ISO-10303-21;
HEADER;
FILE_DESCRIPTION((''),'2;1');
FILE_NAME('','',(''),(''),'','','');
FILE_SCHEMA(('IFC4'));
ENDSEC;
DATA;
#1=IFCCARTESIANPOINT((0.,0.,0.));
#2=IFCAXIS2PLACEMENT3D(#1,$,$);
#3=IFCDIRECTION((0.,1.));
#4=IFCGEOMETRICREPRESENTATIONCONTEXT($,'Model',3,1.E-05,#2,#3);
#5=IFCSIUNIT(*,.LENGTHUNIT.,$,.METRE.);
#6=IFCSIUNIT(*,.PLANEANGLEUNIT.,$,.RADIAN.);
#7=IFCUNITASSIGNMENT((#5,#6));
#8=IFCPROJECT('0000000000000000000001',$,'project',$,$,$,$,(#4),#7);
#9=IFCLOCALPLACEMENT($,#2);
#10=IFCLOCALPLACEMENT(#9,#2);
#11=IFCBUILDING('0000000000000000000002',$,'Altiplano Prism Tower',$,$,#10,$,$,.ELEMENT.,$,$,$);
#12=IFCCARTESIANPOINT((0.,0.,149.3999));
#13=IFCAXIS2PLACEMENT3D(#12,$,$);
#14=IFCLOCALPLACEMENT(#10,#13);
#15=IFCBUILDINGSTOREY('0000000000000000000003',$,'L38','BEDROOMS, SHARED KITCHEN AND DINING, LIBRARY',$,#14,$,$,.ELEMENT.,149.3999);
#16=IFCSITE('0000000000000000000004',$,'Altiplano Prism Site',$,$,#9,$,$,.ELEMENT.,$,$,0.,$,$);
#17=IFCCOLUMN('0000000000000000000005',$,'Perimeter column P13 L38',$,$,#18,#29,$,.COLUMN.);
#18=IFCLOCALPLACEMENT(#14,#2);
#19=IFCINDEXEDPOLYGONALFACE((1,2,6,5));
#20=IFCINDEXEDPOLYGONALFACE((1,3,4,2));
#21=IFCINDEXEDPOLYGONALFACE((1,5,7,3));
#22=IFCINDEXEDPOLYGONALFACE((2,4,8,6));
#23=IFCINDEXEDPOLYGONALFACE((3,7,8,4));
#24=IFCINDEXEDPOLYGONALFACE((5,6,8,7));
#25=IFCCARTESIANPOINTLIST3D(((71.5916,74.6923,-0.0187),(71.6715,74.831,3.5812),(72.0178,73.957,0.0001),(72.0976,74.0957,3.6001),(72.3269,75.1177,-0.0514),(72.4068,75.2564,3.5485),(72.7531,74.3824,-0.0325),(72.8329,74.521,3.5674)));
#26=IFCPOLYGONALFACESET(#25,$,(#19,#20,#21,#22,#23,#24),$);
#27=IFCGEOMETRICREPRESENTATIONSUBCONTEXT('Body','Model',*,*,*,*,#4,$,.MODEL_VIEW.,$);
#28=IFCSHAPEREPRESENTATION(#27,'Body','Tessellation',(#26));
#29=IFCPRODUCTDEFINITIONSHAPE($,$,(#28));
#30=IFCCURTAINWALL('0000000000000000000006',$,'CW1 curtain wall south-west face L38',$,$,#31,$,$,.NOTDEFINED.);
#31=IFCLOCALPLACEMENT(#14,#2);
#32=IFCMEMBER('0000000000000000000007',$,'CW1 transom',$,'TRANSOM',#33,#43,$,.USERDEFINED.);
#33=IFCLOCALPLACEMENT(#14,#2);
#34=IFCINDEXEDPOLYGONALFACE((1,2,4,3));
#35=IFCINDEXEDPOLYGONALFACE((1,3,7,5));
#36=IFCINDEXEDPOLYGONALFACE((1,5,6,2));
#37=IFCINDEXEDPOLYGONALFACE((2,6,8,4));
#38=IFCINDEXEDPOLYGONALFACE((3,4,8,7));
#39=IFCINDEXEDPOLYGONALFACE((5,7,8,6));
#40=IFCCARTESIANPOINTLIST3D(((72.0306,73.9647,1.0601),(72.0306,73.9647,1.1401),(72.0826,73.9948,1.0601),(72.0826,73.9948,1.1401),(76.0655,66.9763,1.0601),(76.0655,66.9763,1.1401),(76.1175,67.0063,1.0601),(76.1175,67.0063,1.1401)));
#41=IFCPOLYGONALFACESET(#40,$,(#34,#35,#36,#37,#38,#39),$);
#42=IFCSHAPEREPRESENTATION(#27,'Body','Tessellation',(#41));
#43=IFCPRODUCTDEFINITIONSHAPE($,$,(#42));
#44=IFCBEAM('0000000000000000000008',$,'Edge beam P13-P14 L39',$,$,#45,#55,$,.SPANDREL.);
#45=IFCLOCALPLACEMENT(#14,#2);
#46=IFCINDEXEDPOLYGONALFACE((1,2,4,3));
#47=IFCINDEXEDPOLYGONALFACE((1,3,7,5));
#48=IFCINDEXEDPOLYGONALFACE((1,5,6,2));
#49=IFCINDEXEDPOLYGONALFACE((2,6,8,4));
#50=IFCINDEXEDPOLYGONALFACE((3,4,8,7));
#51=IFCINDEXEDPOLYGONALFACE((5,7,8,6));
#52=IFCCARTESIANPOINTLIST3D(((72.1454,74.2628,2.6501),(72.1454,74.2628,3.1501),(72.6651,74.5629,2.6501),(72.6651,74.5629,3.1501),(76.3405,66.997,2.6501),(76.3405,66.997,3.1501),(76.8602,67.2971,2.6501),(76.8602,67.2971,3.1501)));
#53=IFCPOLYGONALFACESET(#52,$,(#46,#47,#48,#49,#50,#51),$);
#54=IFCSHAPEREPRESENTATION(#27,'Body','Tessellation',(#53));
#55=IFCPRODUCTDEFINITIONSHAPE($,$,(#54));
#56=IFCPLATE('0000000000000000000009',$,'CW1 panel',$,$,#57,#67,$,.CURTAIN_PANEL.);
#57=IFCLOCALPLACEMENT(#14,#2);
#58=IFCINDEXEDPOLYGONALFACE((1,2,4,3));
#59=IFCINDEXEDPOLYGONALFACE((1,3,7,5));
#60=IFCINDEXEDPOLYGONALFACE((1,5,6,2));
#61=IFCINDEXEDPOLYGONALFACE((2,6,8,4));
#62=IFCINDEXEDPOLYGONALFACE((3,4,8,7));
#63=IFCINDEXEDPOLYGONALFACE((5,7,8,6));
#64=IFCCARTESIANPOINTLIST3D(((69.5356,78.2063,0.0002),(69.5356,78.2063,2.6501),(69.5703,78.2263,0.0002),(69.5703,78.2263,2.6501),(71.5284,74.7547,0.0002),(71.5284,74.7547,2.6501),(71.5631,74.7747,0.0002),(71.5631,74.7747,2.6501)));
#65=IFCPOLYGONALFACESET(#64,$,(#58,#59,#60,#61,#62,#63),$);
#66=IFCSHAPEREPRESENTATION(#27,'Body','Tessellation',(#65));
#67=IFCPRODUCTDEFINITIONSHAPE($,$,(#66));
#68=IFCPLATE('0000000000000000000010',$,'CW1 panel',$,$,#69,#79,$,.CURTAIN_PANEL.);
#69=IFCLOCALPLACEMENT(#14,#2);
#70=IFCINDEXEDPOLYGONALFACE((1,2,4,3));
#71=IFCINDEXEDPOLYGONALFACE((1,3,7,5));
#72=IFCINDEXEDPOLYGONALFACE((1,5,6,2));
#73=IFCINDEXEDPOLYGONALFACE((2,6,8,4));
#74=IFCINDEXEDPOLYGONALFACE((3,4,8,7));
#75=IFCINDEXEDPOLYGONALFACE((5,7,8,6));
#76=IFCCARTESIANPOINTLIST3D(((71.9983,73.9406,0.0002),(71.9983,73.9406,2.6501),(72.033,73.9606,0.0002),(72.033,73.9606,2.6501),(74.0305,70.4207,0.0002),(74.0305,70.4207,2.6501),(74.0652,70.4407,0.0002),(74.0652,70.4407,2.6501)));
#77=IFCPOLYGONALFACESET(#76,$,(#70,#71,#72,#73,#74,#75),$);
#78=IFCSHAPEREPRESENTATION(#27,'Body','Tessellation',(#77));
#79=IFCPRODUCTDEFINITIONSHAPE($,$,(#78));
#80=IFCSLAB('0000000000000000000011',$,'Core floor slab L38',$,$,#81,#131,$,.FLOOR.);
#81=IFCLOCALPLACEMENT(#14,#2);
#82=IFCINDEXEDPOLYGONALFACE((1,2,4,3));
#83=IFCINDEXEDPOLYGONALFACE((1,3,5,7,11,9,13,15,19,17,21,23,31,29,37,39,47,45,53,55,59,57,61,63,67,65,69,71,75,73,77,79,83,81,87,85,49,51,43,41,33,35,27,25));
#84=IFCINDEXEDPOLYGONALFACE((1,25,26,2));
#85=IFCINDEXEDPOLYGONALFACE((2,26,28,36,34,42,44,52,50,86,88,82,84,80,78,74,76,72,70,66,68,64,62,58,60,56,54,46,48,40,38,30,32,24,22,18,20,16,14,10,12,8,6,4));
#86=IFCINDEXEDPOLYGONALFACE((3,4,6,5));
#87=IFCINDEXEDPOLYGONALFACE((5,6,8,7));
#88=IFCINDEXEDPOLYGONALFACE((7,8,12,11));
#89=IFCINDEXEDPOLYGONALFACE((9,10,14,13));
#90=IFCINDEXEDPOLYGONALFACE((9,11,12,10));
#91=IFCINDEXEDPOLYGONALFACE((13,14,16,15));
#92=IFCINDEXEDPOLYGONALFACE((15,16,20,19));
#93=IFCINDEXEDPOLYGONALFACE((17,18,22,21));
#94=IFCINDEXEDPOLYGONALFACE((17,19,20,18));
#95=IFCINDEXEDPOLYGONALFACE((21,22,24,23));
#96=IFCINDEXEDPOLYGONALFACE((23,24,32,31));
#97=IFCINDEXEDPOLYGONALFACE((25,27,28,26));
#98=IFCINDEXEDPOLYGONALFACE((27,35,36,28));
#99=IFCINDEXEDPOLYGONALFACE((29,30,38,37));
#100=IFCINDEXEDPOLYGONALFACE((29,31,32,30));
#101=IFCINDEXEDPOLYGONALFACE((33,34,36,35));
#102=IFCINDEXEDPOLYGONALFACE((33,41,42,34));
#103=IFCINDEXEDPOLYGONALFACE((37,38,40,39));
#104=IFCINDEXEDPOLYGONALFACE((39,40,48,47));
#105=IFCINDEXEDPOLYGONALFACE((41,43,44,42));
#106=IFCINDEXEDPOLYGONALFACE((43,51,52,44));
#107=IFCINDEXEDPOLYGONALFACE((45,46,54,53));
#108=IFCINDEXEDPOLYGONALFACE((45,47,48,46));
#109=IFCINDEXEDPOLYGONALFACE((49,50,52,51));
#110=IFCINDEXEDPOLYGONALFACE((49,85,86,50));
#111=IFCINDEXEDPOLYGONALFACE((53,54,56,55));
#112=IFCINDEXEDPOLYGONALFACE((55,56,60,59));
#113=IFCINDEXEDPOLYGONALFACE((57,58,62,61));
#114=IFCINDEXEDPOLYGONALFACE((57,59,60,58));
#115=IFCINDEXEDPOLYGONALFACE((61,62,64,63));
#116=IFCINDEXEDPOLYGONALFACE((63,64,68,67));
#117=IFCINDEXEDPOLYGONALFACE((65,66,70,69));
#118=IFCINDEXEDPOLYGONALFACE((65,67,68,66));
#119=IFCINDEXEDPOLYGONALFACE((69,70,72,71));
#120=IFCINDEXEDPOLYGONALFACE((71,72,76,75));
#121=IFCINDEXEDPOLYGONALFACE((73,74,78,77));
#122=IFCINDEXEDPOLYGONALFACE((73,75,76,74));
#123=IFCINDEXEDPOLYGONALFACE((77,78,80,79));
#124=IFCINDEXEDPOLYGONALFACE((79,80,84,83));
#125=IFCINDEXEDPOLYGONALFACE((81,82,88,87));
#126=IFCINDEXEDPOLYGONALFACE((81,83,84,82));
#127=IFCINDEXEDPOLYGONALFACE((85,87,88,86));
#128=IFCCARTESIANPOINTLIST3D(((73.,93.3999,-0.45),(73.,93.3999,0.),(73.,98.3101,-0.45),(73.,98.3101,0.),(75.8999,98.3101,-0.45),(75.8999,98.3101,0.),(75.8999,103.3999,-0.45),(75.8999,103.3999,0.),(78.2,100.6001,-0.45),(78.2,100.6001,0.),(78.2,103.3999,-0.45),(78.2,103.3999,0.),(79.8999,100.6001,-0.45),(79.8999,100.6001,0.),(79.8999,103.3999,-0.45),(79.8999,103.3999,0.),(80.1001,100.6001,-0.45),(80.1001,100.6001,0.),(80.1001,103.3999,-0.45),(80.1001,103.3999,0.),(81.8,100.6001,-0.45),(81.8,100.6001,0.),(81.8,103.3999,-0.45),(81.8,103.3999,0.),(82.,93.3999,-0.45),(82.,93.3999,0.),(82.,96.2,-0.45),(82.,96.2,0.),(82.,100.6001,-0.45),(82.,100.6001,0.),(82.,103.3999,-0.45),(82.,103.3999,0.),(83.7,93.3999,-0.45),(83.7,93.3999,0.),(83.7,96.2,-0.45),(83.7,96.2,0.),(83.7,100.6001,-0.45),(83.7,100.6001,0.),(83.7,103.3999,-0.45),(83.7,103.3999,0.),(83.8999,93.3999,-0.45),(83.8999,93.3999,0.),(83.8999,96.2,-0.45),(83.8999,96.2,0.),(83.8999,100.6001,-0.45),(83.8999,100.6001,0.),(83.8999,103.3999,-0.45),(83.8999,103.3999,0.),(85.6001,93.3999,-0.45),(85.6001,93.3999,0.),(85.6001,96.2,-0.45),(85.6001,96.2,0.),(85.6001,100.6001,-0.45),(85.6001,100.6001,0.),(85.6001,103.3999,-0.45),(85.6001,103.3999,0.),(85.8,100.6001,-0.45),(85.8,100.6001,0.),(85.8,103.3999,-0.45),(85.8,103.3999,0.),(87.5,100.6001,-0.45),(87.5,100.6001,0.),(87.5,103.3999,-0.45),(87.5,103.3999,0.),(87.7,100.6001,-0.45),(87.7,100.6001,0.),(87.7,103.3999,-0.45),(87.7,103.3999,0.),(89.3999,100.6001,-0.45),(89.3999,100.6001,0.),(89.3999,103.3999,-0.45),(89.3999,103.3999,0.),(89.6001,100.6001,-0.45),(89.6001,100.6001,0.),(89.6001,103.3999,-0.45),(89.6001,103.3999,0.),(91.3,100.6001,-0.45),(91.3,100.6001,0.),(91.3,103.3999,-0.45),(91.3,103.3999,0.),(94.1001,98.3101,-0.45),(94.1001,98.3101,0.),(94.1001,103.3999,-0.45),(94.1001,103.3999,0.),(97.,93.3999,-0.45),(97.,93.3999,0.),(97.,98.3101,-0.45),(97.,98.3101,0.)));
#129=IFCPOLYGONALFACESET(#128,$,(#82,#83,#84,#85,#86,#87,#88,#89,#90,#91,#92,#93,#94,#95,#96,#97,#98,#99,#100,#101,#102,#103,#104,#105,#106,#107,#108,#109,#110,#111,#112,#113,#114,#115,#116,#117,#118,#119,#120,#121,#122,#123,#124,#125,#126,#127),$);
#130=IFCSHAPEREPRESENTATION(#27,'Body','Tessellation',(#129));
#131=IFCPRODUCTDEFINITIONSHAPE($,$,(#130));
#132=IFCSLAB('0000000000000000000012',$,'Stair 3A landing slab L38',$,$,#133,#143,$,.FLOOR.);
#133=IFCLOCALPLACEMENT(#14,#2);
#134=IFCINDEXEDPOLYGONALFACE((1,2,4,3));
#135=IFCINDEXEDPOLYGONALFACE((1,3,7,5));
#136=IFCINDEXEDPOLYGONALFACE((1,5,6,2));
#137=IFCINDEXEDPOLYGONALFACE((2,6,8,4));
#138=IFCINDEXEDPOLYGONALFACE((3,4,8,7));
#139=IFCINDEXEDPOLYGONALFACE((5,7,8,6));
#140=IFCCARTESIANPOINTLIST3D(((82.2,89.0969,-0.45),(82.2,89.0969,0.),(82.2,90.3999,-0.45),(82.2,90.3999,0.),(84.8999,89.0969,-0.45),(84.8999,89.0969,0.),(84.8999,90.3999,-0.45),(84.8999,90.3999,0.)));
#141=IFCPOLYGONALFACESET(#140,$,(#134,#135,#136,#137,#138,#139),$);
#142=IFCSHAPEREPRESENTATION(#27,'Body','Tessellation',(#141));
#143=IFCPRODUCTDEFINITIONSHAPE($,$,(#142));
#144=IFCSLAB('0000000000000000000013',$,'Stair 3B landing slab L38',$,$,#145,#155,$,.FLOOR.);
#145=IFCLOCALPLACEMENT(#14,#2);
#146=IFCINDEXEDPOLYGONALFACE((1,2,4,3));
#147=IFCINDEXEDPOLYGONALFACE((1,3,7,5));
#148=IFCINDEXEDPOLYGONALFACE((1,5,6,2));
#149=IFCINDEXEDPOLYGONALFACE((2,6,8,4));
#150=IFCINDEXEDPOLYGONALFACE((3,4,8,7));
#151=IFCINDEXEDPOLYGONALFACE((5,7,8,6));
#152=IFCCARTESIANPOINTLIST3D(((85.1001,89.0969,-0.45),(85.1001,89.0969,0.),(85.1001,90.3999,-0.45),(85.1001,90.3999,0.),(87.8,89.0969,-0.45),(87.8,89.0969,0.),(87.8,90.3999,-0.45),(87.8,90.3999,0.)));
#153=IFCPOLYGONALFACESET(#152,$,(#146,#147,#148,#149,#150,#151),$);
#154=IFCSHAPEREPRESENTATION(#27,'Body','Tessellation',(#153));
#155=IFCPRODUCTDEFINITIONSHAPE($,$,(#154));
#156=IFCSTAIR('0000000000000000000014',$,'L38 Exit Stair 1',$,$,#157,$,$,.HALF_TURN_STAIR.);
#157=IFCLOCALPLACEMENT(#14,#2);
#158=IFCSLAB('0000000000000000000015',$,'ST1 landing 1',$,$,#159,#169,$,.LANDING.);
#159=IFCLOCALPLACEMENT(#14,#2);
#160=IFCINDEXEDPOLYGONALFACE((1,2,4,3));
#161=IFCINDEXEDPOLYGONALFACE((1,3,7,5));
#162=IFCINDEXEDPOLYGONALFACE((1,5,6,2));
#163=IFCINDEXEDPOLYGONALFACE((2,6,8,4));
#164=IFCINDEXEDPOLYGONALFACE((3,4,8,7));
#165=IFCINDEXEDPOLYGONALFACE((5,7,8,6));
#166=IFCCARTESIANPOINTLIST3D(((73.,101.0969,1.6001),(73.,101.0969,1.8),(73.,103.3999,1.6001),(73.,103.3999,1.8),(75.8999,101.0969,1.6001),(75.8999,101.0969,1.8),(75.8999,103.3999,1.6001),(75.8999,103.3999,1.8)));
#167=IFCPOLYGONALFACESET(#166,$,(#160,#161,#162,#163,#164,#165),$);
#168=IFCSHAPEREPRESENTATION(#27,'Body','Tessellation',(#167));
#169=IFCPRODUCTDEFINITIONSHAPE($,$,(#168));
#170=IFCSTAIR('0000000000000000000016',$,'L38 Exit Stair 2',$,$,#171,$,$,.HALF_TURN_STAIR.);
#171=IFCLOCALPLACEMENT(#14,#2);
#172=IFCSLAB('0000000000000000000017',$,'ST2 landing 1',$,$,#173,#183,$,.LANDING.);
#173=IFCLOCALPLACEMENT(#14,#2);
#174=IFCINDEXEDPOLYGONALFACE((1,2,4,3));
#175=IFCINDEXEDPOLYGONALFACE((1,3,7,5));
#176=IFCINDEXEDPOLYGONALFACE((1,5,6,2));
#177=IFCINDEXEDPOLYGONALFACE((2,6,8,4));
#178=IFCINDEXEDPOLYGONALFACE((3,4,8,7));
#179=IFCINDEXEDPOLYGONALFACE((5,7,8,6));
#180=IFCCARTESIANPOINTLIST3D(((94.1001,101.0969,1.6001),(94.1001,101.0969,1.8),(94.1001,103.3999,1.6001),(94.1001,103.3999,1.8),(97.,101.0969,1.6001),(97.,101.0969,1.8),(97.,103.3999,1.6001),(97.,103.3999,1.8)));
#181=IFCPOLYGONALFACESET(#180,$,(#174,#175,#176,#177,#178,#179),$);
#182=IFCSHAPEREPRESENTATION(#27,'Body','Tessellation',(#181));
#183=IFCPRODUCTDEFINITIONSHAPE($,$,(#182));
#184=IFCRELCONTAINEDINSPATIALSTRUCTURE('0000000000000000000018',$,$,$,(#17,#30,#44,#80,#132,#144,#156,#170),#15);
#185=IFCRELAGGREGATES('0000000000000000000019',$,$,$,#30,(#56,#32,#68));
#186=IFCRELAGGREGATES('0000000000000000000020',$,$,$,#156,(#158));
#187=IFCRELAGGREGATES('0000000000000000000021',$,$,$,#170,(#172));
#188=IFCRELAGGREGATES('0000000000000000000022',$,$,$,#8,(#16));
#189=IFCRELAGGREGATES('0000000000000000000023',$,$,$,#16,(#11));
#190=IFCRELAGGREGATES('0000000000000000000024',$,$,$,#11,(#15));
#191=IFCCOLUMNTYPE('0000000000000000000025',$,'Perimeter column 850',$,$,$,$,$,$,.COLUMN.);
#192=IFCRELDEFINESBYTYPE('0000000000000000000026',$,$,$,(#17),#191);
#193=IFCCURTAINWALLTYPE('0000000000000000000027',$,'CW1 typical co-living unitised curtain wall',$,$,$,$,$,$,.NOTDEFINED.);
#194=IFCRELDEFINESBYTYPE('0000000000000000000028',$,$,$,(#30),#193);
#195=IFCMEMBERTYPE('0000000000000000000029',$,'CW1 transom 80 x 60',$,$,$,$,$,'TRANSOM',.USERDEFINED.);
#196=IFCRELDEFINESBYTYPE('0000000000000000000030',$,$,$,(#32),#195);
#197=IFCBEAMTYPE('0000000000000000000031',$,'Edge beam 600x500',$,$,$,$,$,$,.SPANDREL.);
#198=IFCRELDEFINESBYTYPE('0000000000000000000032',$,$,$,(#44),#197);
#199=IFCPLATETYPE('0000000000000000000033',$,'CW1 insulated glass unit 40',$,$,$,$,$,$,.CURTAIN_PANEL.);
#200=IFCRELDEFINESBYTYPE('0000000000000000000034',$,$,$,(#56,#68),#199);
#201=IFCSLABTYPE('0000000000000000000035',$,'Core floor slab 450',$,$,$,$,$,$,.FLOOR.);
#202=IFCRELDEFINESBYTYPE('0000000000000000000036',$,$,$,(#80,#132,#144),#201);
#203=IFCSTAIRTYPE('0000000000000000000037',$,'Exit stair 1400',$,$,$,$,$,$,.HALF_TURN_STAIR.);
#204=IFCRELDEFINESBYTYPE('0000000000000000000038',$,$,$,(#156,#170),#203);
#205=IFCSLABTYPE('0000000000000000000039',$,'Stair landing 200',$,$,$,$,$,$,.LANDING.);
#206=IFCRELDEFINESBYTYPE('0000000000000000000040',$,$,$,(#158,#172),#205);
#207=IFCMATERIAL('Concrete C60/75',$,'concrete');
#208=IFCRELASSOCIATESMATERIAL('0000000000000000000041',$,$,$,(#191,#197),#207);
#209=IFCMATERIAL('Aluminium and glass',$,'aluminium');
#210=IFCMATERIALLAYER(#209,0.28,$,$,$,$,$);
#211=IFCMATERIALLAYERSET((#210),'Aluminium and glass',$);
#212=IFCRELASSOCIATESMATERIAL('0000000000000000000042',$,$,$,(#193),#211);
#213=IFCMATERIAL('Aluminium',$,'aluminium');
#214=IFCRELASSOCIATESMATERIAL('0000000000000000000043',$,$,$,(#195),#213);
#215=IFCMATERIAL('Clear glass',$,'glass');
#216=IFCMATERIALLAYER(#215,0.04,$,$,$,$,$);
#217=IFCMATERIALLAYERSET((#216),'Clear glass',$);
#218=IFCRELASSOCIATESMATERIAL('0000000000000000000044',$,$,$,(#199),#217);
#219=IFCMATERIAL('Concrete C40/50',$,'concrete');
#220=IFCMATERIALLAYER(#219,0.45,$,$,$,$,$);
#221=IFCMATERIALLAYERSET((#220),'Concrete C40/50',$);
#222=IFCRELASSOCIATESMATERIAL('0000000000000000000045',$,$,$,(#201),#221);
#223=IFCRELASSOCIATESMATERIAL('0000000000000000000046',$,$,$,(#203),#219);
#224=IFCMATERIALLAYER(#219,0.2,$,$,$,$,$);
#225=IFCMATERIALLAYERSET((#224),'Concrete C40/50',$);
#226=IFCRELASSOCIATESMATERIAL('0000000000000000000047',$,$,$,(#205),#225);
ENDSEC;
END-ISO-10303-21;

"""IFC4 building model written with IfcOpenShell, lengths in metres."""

from ifc_helpers import new_model, si_unit, direction, frame, origin, origin_2d, place, context, subcontext, project, spatial, polyline, rectangle, outline, extrude, material, layer, layer_set, material_profile, profile_set, type_object, element, aggregate, save


model = new_model("IFC4")

# Units and contexts
model_context = context("Model", 3, precision=1e-05, world=origin(), true_north=direction((0.0, 1.0)))
body_context = subcontext(model_context, "Body", "Model", "MODEL_VIEW")
ifc_project = project(units=[si_unit("LENGTHUNIT", "METRE"), si_unit("PLANEANGLEUNIT", "RADIAN")], contexts=[model_context])

# Site, building, storey
site_placement = place(None, origin())
site = spatial("IfcSite", under=ifc_project, at=site_placement, Name="Altiplano Prism Site", CompositionType="ELEMENT", RefElevation=0.0)
building_placement = place(site_placement, origin())
building = spatial("IfcBuilding", under=site, at=building_placement, Name="Altiplano Prism Tower", CompositionType="ELEMENT")
storey_placement = place(building_placement, frame((0.0, 0.0, 149.3999)))
storey = spatial("IfcBuildingStorey", under=building, at=storey_placement, Name="L38", Description="BEDROOMS, SHARED KITCHEN AND DINING, LIBRARY", CompositionType="ELEMENT", Elevation=149.3999)

# Column
ifc_material_1 = material(Name="Concrete C60/75", Category="concrete")
ifc_material_profile_1 = material_profile(ifc_material_1, rectangle(XDim=0.8501, YDim=0.8501, at=origin_2d()), Name="Perimeter column 850")
ifc_profile_set_1 = profile_set([ifc_material_profile_1], Name="Concrete C60/75")
column_type = type_object("IfcColumnType", Name="Perimeter column 850", PredefinedType="COLUMN", material=ifc_profile_set_1)
column_placement = place(storey_placement, frame((72.1724, 74.5374, -0.0256), z_axis=(0.022155, 0.038484, 0.999014), x_axis=(-0.86498, -0.500331, 0.038456)))
element("IfcColumn", 1, at=column_placement, inside=storey, type_object=column_type, Name="Perimeter column P13 L38", PredefinedType="COLUMN", context=body_context, shape_type="SweptSolid", body=[
    extrude(rectangle(XDim=0.8501, YDim=0.8501, at=origin_2d()), origin(), (0.0, 0.0, 1.0), 3.6035),
])

# Curtain wall, member
ifc_material_2 = material(Name="Aluminium and glass", Category="aluminium")
ifc_layer_1 = layer(ifc_material_2, 0.28)
ifc_layer_set_1 = layer_set([ifc_layer_1], Name="Aluminium and glass")
curtain_wall_type = type_object("IfcCurtainWallType", Name="CW1 typical co-living unitised curtain wall", PredefinedType="NOTDEFINED", material=ifc_layer_set_1)
curtain_wall_placement = place(storey_placement, origin())
curtain_wall = element("IfcCurtainWall", 2, at=curtain_wall_placement, inside=storey, type_object=curtain_wall_type, Name="CW1 curtain wall south-west face L38", PredefinedType="NOTDEFINED")
ifc_material_3 = material(Name="Aluminium", Category="aluminium")
ifc_material_profile_2 = material_profile(ifc_material_3, rectangle(XDim=0.0601, YDim=0.0801, at=origin_2d()), Name="CW1 transom 80 x 60")
ifc_profile_set_2 = profile_set([ifc_material_profile_2], Name="Aluminium")
member_type = type_object("IfcMemberType", Name="CW1 transom 80 x 60", ElementType="TRANSOM", PredefinedType="USERDEFINED", material=ifc_profile_set_2)
member_placement = place(storey_placement, frame((72.0566, 73.9797, 1.1001), z_axis=(0.500008, -0.866021, 0.0), x_axis=(0.866021, 0.500008, 0.0)))
member = element("IfcMember", 3, at=member_placement, type_object=member_type, Name="CW1 transom", ObjectType="TRANSOM", PredefinedType="USERDEFINED", context=body_context, shape_type="SweptSolid", body=[
    extrude(rectangle(XDim=0.0601, YDim=0.0801, at=origin_2d()), origin(), (0.0, 0.0, 1.0), 8.0696),
])

# Beam
ifc_material_profile_3 = material_profile(ifc_material_1, rectangle(XDim=0.6001, YDim=0.5, at=origin_2d()), Name="Edge beam 600x500")
ifc_profile_set_3 = profile_set([ifc_material_profile_3], Name="Concrete C60/75")
beam_type = type_object("IfcBeamType", Name="Edge beam 600x500", PredefinedType="SPANDREL", material=ifc_profile_set_3)
beam_placement = place(storey_placement, frame((72.4053, 74.4128, 2.9001), z_axis=(0.50001, -0.866019, 0.0), x_axis=(0.866019, 0.50001, 0.0)))
element("IfcBeam", 4, at=beam_placement, inside=storey, type_object=beam_type, Name="Edge beam P13-P14 L39", PredefinedType="SPANDREL", context=body_context, shape_type="SweptSolid", body=[
    extrude(rectangle(XDim=0.6001, YDim=0.5, at=origin_2d()), origin(), (0.0, 0.0, 1.0), 8.3899),
])

# Plates
ifc_material_4 = material(Name="Clear glass", Category="glass")
ifc_layer_2 = layer(ifc_material_4, 0.04)
ifc_layer_set_2 = layer_set([ifc_layer_2], Name="Clear glass")
plate_type = type_object("IfcPlateType", Name="CW1 insulated glass unit 40", PredefinedType="CURTAIN_PANEL", material=ifc_layer_set_2)
plate_1_placement = place(storey_placement, frame((70.5493, 76.4905, 0.0002), z_axis=(0.0, 0.0, 1.0), x_axis=(0.5, -0.866025, 0.0)))
plate_1 = element("IfcPlate", 5, at=plate_1_placement, type_object=plate_type, Name="CW1 panel", PredefinedType="CURTAIN_PANEL", context=body_context, shape_type="SweptSolid", body=[
    extrude(rectangle(XDim=3.9856, YDim=0.04, at=origin_2d()), origin(), (0.0, 0.0, 1.0), 2.6499),
])
plate_2_placement = place(storey_placement, frame((73.0317, 72.1907, 0.0002), z_axis=(0.0, 0.0, 1.0), x_axis=(0.5, -0.866025, 0.0)))
plate_2 = element("IfcPlate", 6, at=plate_2_placement, type_object=plate_type, Name="CW1 panel", PredefinedType="CURTAIN_PANEL", context=body_context, shape_type="SweptSolid", body=[
    extrude(rectangle(XDim=4.0645, YDim=0.04, at=origin_2d()), origin(), (0.0, 0.0, 1.0), 2.6499),
])
aggregate(curtain_wall, [plate_1, member, plate_2])

# Slabs
ifc_material_5 = material(Name="Concrete C40/50", Category="concrete")
ifc_layer_3 = layer(ifc_material_5, 0.45)
ifc_layer_set_3 = layer_set([ifc_layer_3], Name="Concrete C40/50")
slab_type_1 = type_object("IfcSlabType", Name="Core floor slab 450", PredefinedType="FLOOR", material=ifc_layer_set_3)
slab_1_placement = place(storey_placement, frame((0.0, 0.0, -0.45)))
element("IfcSlab", 7, at=slab_1_placement, inside=storey, type_object=slab_type_1, Name="Core floor slab L38", PredefinedType="FLOOR", context=body_context, shape_type="SweptSolid", body=[
    extrude(outline(polyline([(97.0, 98.3101), (94.1001, 98.3101), (94.1001, 103.3999), (91.3, 103.3999), (91.3, 100.6001), (89.6001, 100.6001), (89.6001, 103.3999), (89.3999, 103.3999), (89.3999, 100.6001), (87.7, 100.6001), (87.7, 103.3999), (87.5, 103.3999), (87.5, 100.6001), (85.8, 100.6001), (85.8, 103.3999), (85.6001, 103.3999), (85.6001, 100.6001), (83.8999, 100.6001), (83.8999, 103.3999), (83.7, 103.3999), (83.7, 100.6001), (82.0, 100.6001), (82.0, 103.3999), (81.8, 103.3999), (81.8, 100.6001), (80.1001, 100.6001), (80.1001, 103.3999), (79.8999, 103.3999), (79.8999, 100.6001), (78.2, 100.6001), (78.2, 103.3999), (75.8999, 103.3999), (75.8999, 98.3101), (73.0, 98.3101), (73.0, 93.3999), (82.0, 93.3999), (82.0, 96.2), (83.7, 96.2), (83.7, 93.3999), (83.8999, 93.3999), (83.8999, 96.2), (85.6001, 96.2), (85.6001, 93.3999), (97.0, 93.3999), (97.0, 98.3101)])), origin(), (0.0, 0.0, 1.0), 0.45),
])
slab_2_placement = place(storey_placement, frame((0.0, 0.0, -0.45)))
element("IfcSlab", 8, at=slab_2_placement, inside=storey, type_object=slab_type_1, Name="Stair 3A landing slab L38", PredefinedType="FLOOR", context=body_context, shape_type="SweptSolid", body=[
    extrude(outline(polyline([(82.2, 89.0969), (84.8999, 89.0969), (84.8999, 90.3999), (82.2, 90.3999), (82.2, 89.0969)])), origin(), (0.0, 0.0, 1.0), 0.45),
])
slab_3_placement = place(storey_placement, frame((0.0, 0.0, -0.45)))
element("IfcSlab", 9, at=slab_3_placement, inside=storey, type_object=slab_type_1, Name="Stair 3B landing slab L38", PredefinedType="FLOOR", context=body_context, shape_type="SweptSolid", body=[
    extrude(outline(polyline([(85.1001, 89.0969), (87.8, 89.0969), (87.8, 90.3999), (85.1001, 90.3999), (85.1001, 89.0969)])), origin(), (0.0, 0.0, 1.0), 0.45),
])

# Stairs, slabs
stair_type_1 = type_object("IfcStairType", Name="Exit stair 1400", PredefinedType="HALF_TURN_STAIR", material=ifc_material_5)
stair_1_placement = place(storey_placement, origin())
stair_1 = element("IfcStair", 10, at=stair_1_placement, inside=storey, type_object=stair_type_1, Name="L38 Exit Stair 1", PredefinedType="HALF_TURN_STAIR")
ifc_layer_4 = layer(ifc_material_5, 0.2)
ifc_layer_set_4 = layer_set([ifc_layer_4], Name="Concrete C40/50")
slab_type_2 = type_object("IfcSlabType", Name="Stair landing 200", PredefinedType="LANDING", material=ifc_layer_set_4)
slab_4_placement = place(storey_placement, frame((0.0, 0.0, 1.6001)))
slab_4 = element("IfcSlab", 11, at=slab_4_placement, type_object=slab_type_2, Name="ST1 landing 1", PredefinedType="LANDING", context=body_context, shape_type="SweptSolid", body=[
    extrude(outline(polyline([(75.8999, 101.0969), (75.8999, 103.3999), (73.0, 103.3999), (73.0, 101.0969), (75.8999, 101.0969)])), origin(), (0.0, 0.0, 1.0), 0.2),
])
aggregate(stair_1, [slab_4])
stair_2_placement = place(storey_placement, origin())
stair_2 = element("IfcStair", 12, at=stair_2_placement, inside=storey, type_object=stair_type_1, Name="L38 Exit Stair 2", PredefinedType="HALF_TURN_STAIR")
slab_5_placement = place(storey_placement, frame((0.0, 0.0, 1.6001)))
slab_5 = element("IfcSlab", 13, at=slab_5_placement, type_object=slab_type_2, Name="ST2 landing 1", PredefinedType="LANDING", context=body_context, shape_type="SweptSolid", body=[
    extrude(outline(polyline([(97.0, 101.0969), (97.0, 103.3999), (94.1001, 103.3999), (94.1001, 101.0969), (97.0, 101.0969)])), origin(), (0.0, 0.0, 1.0), 0.2),
])
aggregate(stair_2, [slab_5])

save(model, "model.ifc")
